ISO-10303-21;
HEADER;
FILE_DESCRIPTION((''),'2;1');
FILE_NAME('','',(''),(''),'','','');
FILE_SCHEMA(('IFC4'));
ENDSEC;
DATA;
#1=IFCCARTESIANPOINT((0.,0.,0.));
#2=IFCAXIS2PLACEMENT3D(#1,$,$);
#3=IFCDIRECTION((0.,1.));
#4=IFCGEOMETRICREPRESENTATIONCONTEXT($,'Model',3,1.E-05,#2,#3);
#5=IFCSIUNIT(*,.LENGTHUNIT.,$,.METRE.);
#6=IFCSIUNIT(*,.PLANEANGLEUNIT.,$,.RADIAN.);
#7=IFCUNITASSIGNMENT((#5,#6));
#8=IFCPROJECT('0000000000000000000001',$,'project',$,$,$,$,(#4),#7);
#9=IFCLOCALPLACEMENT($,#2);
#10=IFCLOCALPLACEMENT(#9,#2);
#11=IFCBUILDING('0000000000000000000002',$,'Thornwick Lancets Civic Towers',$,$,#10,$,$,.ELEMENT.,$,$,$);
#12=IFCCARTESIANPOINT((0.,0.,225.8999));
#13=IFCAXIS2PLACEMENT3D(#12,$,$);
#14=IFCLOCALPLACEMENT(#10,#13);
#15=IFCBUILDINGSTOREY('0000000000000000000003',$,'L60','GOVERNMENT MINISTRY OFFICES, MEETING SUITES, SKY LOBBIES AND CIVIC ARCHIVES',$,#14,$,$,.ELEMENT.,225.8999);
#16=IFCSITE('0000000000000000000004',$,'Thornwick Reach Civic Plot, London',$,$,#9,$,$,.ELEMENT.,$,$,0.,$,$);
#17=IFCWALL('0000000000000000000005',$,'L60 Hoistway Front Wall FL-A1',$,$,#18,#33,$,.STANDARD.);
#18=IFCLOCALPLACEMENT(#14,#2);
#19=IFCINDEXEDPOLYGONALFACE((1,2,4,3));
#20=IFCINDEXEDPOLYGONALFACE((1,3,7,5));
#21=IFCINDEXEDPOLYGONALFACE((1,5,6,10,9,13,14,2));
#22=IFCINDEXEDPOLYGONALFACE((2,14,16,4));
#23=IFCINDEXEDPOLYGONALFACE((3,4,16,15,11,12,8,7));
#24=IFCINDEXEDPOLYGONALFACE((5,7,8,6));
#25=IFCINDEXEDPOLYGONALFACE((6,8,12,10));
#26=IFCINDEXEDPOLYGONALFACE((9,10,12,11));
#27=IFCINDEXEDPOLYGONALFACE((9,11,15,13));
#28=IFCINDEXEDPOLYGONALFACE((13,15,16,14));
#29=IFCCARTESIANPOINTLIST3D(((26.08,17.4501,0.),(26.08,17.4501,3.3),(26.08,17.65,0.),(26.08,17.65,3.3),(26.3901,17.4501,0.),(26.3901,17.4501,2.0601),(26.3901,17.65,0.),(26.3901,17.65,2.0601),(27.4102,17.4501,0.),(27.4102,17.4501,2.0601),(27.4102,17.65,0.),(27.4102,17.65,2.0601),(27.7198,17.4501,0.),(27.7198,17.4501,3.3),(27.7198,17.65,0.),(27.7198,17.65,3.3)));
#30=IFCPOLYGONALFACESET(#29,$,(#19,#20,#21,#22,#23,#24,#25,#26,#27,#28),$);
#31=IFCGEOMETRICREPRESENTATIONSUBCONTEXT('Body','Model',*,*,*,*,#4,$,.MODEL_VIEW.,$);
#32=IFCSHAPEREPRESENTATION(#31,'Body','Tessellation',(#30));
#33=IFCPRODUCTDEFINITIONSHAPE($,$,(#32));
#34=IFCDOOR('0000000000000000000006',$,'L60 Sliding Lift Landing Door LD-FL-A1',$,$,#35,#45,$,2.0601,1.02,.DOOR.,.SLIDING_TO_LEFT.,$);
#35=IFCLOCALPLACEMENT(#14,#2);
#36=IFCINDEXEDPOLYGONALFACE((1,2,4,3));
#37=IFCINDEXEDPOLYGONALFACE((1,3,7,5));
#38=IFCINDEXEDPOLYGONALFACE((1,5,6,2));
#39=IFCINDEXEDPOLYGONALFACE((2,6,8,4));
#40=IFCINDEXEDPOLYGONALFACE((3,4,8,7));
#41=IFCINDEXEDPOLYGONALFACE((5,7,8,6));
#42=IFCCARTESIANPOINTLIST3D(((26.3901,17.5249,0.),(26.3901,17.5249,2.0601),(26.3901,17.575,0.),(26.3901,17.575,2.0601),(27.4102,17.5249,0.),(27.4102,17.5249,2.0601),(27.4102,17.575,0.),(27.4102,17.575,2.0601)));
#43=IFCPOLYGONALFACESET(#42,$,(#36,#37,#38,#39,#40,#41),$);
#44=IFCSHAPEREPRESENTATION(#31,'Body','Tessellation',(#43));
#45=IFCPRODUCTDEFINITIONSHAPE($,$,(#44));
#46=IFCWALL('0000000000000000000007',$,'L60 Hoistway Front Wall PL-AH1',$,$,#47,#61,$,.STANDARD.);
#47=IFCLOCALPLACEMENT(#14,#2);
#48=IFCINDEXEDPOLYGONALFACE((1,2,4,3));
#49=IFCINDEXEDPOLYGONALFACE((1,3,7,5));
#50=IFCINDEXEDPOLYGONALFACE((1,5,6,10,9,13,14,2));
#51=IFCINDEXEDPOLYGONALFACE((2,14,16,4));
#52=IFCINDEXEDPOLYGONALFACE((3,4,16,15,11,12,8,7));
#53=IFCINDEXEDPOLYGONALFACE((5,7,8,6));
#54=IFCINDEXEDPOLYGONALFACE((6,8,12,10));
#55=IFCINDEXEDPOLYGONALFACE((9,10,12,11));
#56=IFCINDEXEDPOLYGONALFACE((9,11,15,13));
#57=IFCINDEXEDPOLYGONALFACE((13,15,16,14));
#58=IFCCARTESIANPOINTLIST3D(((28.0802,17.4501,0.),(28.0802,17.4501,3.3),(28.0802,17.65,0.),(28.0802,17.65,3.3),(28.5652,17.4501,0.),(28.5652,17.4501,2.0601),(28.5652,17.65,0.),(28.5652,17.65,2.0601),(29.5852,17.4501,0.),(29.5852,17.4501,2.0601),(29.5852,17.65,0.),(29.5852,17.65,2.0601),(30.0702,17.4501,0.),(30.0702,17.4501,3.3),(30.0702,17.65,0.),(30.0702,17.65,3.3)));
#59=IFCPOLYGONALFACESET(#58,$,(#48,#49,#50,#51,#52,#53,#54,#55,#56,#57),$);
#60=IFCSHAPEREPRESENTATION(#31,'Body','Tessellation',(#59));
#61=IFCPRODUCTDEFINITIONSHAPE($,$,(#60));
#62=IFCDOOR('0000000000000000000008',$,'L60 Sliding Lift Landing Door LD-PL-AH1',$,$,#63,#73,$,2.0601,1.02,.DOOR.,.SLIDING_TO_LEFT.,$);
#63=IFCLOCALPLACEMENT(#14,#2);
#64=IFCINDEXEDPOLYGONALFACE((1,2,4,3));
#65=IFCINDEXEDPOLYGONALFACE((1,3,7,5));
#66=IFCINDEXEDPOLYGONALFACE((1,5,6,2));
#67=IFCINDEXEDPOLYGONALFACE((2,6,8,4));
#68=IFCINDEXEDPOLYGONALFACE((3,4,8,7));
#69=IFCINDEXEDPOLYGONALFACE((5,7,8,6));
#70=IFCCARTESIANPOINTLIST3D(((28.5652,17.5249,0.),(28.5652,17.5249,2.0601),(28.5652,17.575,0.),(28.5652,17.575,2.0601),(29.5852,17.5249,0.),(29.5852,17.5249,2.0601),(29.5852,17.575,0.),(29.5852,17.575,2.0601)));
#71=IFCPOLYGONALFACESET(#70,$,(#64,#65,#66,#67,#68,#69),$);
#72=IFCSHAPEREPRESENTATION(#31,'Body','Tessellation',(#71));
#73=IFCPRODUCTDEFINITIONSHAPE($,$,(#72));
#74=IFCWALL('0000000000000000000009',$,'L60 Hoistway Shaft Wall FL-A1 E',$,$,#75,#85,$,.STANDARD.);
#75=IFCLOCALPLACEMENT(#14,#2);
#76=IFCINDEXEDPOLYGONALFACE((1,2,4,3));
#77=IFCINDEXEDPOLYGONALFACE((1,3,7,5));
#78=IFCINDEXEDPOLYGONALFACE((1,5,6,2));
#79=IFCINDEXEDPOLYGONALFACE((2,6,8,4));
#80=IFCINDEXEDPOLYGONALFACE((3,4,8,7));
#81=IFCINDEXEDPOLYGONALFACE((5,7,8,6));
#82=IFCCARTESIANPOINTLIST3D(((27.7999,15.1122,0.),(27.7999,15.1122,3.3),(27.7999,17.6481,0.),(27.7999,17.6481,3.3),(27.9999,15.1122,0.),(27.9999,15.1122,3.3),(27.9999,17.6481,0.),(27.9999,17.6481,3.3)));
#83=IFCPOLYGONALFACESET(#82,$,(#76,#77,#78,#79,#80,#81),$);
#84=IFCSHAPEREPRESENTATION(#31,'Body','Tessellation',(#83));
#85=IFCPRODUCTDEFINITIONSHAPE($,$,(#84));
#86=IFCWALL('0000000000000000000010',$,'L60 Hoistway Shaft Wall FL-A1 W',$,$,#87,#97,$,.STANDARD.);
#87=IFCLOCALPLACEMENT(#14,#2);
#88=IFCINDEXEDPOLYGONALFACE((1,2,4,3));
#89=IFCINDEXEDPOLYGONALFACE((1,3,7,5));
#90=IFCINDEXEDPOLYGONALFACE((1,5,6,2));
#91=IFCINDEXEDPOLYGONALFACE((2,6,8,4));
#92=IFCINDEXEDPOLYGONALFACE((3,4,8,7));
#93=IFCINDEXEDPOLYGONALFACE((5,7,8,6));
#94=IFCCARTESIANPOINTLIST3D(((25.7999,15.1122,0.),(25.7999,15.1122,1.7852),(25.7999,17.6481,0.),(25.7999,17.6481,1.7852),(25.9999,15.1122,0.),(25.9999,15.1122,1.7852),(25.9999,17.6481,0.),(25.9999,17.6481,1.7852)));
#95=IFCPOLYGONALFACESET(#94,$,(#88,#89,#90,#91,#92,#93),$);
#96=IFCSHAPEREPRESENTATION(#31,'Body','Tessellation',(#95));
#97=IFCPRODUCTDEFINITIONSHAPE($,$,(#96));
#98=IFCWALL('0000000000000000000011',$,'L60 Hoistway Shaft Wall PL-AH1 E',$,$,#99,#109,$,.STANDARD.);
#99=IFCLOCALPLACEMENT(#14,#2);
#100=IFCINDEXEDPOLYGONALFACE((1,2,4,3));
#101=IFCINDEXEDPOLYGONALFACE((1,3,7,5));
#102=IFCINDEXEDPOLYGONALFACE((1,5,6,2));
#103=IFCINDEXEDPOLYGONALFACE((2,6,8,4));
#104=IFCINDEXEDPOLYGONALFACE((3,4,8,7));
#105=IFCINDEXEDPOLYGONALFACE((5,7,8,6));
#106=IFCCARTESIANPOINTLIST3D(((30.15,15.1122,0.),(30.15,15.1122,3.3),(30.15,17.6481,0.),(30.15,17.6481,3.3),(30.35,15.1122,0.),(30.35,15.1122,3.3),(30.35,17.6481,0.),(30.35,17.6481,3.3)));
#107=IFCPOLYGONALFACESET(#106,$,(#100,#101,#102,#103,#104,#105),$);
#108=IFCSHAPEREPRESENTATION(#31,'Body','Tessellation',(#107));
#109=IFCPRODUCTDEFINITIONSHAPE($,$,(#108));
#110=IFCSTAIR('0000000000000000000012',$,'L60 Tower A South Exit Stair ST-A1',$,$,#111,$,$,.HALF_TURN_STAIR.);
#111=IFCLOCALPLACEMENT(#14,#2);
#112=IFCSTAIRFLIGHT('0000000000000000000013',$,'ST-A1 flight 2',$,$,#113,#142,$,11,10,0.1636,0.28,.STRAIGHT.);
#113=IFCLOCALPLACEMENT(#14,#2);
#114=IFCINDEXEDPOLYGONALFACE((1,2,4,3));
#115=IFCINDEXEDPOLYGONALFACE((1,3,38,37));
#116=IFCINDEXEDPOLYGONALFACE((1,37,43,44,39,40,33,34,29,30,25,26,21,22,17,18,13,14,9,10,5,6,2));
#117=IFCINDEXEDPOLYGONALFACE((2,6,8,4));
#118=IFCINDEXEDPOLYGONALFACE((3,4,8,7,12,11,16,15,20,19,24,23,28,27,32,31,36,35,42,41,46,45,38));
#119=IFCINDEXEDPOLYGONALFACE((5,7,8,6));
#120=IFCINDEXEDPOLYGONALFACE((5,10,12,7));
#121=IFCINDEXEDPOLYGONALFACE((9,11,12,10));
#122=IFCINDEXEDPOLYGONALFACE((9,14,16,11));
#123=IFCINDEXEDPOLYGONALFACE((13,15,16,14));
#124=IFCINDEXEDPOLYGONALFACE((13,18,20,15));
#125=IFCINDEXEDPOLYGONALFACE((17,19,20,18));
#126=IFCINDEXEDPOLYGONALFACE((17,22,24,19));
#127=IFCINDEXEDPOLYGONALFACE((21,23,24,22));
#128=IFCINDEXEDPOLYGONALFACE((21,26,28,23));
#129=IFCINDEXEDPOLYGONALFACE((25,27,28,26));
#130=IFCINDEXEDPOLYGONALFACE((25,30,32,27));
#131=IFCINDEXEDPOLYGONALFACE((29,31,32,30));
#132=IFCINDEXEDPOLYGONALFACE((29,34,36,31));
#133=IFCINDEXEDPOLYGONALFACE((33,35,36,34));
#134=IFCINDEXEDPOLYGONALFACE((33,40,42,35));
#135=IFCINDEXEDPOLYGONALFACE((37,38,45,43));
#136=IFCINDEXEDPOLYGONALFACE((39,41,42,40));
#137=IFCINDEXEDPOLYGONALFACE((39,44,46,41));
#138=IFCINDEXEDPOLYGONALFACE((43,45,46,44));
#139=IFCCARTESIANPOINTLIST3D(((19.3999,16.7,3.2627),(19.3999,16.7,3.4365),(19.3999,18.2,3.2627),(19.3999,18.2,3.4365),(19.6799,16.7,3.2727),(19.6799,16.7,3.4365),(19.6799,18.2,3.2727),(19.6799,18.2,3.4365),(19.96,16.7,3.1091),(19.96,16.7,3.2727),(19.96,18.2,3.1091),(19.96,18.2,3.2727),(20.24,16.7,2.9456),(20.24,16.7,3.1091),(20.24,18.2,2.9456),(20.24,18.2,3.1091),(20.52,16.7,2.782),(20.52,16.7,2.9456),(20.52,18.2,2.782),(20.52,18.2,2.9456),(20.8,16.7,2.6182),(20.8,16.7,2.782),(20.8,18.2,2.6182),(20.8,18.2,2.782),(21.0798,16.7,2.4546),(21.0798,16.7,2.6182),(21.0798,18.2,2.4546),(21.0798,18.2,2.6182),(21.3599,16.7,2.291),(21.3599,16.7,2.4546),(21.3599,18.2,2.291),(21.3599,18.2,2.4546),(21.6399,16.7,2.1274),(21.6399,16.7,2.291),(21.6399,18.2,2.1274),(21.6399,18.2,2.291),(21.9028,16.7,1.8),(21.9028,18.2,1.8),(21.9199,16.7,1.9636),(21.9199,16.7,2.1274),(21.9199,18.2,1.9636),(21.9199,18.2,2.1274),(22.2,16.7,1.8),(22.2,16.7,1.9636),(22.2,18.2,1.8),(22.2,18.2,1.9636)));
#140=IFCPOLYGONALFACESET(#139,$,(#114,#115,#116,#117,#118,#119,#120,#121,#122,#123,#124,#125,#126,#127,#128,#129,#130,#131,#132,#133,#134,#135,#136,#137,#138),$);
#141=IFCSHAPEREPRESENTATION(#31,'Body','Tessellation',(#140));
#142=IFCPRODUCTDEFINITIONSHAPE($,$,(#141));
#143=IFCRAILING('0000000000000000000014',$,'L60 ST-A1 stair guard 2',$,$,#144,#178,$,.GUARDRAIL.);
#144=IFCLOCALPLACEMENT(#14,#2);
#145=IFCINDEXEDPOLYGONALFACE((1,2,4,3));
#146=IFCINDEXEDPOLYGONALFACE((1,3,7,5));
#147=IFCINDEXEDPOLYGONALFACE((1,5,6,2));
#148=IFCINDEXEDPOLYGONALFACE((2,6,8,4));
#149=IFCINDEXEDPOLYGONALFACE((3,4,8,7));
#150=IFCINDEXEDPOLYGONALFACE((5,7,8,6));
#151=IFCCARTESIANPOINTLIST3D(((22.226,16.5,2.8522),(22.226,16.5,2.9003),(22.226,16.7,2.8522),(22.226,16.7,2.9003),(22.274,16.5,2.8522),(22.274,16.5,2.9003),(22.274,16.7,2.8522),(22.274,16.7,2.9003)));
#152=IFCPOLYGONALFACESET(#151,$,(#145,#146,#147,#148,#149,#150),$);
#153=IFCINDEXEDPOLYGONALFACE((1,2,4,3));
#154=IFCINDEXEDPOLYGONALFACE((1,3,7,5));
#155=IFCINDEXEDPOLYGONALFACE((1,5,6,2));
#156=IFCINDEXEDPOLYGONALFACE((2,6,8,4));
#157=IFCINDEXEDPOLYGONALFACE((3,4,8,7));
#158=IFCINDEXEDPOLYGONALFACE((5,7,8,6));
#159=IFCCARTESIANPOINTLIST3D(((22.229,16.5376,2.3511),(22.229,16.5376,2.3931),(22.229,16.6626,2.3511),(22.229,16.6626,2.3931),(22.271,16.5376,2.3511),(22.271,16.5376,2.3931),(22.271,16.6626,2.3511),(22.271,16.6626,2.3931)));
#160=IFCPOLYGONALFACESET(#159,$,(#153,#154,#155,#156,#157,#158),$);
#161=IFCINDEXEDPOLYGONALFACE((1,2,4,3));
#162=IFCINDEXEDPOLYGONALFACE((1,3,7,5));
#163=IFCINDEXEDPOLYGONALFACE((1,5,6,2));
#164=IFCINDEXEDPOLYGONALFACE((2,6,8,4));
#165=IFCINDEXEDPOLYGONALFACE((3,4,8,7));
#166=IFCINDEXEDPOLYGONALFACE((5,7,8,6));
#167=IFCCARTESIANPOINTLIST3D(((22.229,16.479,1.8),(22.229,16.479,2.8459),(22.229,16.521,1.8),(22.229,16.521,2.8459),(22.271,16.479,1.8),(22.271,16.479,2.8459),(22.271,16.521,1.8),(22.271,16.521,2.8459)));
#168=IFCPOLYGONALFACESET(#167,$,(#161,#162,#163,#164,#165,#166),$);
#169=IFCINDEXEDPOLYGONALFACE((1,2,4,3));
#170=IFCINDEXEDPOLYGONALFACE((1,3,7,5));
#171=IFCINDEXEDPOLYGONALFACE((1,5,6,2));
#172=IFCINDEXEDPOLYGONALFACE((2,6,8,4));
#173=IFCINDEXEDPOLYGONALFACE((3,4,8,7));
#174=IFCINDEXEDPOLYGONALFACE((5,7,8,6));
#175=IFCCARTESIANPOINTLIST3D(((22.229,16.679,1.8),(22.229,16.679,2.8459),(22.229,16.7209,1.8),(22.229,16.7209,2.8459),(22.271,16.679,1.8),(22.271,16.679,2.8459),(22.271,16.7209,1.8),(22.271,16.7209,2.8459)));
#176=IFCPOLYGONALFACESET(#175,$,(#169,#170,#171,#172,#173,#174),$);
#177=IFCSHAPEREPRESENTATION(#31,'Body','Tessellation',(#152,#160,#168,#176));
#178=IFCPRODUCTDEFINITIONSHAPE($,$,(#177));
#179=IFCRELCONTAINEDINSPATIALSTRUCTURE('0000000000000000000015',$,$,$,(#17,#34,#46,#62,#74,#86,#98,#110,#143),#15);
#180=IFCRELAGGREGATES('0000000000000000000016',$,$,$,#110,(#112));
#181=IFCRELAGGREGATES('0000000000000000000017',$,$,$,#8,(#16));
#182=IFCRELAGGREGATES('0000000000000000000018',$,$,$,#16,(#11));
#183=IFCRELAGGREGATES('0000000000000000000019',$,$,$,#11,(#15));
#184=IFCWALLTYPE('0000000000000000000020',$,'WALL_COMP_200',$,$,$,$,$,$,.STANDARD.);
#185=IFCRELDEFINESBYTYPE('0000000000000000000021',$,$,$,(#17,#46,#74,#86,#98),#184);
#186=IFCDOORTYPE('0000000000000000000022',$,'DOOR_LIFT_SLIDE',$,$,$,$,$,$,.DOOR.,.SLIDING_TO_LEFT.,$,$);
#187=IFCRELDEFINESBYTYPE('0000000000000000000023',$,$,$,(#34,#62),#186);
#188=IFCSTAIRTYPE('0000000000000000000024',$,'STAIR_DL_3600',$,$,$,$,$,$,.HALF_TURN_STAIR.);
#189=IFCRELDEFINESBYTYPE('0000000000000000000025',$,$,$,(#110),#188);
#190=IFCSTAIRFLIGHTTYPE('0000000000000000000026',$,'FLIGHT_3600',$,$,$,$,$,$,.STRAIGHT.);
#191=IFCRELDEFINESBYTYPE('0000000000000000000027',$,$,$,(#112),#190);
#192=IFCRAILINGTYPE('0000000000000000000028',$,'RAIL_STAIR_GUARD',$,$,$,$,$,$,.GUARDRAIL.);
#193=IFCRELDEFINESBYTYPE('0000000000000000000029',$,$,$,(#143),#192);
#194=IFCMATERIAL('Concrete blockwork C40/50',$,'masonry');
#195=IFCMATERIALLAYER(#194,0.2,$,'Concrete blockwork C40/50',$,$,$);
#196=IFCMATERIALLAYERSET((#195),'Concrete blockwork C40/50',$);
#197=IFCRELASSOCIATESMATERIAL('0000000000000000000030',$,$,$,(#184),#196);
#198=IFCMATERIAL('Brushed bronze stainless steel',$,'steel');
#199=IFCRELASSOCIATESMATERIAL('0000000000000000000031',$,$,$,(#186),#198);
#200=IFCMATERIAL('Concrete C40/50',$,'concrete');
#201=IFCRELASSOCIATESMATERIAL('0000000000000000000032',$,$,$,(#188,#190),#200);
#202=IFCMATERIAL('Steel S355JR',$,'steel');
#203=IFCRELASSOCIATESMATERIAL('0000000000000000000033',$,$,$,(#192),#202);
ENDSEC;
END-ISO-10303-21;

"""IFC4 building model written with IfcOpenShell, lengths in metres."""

from ifc_helpers import new_model, si_unit, direction, frame, frame_2d, origin, origin_2d, place, context, subcontext, project, spatial, polyline, rectangle, outline, extrude, material, layer, layer_set, type_object, element, fill, aggregate, save


model = new_model("IFC4")

# Units and contexts
model_context = context("Model", 3, precision=1e-05, world=origin(), true_north=direction((0.0, 1.0)))
body_context = subcontext(model_context, "Body", "Model", "MODEL_VIEW")
ifc_project = project(units=[si_unit("LENGTHUNIT", "METRE"), si_unit("PLANEANGLEUNIT", "RADIAN")], contexts=[model_context])

# Site, building, storey
site_placement = place(None, origin())
site = spatial("IfcSite", under=ifc_project, at=site_placement, Name="Thornwick Reach Civic Plot, London", CompositionType="ELEMENT", RefElevation=0.0)
building_placement = place(site_placement, origin())
building = spatial("IfcBuilding", under=site, at=building_placement, Name="Thornwick Lancets Civic Towers", CompositionType="ELEMENT")
storey_placement = place(building_placement, frame((0.0, 0.0, 225.8999)))
storey = spatial("IfcBuildingStorey", under=building, at=storey_placement, Name="L60", Description="GOVERNMENT MINISTRY OFFICES, MEETING SUITES, SKY LOBBIES AND CIVIC ARCHIVES", CompositionType="ELEMENT", Elevation=225.8999)

# Shared definitions
ifc_material_1 = material(Name="Steel S355JR", Category="steel")
ifc_material_2 = material(Name="Concrete C40/50", Category="concrete")

# Walls, openings, doors
ifc_material_3 = material(Name="Concrete blockwork C40/50", Category="masonry")
ifc_layer_1 = layer(ifc_material_3, 0.2, Name="Concrete blockwork C40/50")
ifc_layer_set_1 = layer_set([ifc_layer_1], Name="Concrete blockwork C40/50")
wall_type = type_object("IfcWallType", Name="WALL_COMP_200", PredefinedType="STANDARD", material=ifc_layer_set_1)
wall_1_placement = place(storey_placement, frame((26.0801, 17.55, 0.0), z_axis=(0.0, 0.0, 1.0), x_axis=(1.0, 0.0, 0.0)))
wall_1 = element("IfcWall", 1, at=wall_1_placement, inside=storey, type_object=wall_type, Name="L60 Hoistway Front Wall FL-A1", PredefinedType="STANDARD", context=body_context, shape_type="SweptSolid", body=[
    extrude(rectangle(XDim=1.6399, YDim=0.2, at=frame_2d((0.8198, 0.0))), origin(), (0.0, 0.0, 1.0), 3.3),
])
opening_1_placement = place(wall_1_placement, frame((0.3101, 0.0, 0.0)))
opening_1 = element("IfcOpeningElement", 2, at=opening_1_placement, cuts=wall_1, PredefinedType="OPENING", context=body_context, shape_type="SweptSolid", body=[
    extrude(rectangle(XDim=1.02, YDim=2.0601, at=frame_2d((0.51, 1.03))), frame((0.0, 0.1099, 0.0), z_axis=(0.0, -1.0, 0.0), x_axis=(1.0, 0.0, 0.0)), (0.0, 0.0, 1.0), 0.22),
])
ifc_material_4 = material(Name="Brushed bronze stainless steel", Category="steel")
door_type = type_object("IfcDoorType", Name="DOOR_LIFT_SLIDE", OperationType="SLIDING_TO_LEFT", PredefinedType="DOOR", material=ifc_material_4)
door_1_placement = place(opening_1_placement, origin())
door_1 = element("IfcDoor", 3, at=door_1_placement, inside=storey, type_object=door_type, Name="L60 Sliding Lift Landing Door LD-FL-A1", OperationType="SLIDING_TO_LEFT", OverallHeight=2.0601, OverallWidth=1.02, PredefinedType="DOOR", context=body_context, shape_type="SweptSolid", body=[
    extrude(rectangle(XDim=1.02, YDim=2.0601, at=frame_2d((0.51, 1.03))), frame((0.0, 0.0249, 0.0), z_axis=(0.0, -1.0, 0.0), x_axis=(1.0, 0.0, 0.0)), (0.0, 0.0, 1.0), 0.05),
])
fill(opening_1, door_1)
wall_2_placement = place(storey_placement, frame((28.0801, 17.55, 0.0), z_axis=(0.0, 0.0, 1.0), x_axis=(1.0, 0.0, 0.0)))
wall_2 = element("IfcWall", 4, at=wall_2_placement, inside=storey, type_object=wall_type, Name="L60 Hoistway Front Wall PL-AH1", PredefinedType="STANDARD", context=body_context, shape_type="SweptSolid", body=[
    extrude(rectangle(XDim=1.99, YDim=0.2, at=frame_2d((0.9951, 0.0))), origin(), (0.0, 0.0, 1.0), 3.3),
])
opening_2_placement = place(wall_2_placement, frame((0.4851, 0.0, 0.0)))
opening_2 = element("IfcOpeningElement", 5, at=opening_2_placement, cuts=wall_2, PredefinedType="OPENING", context=body_context, shape_type="SweptSolid", body=[
    extrude(rectangle(XDim=1.02, YDim=2.0601, at=frame_2d((0.51, 1.03))), frame((0.0, 0.1099, 0.0), z_axis=(0.0, -1.0, 0.0), x_axis=(1.0, 0.0, 0.0)), (0.0, 0.0, 1.0), 0.22),
])
door_2_placement = place(opening_2_placement, origin())
door_2 = element("IfcDoor", 6, at=door_2_placement, inside=storey, type_object=door_type, Name="L60 Sliding Lift Landing Door LD-PL-AH1", OperationType="SLIDING_TO_LEFT", OverallHeight=2.0601, OverallWidth=1.02, PredefinedType="DOOR", context=body_context, shape_type="SweptSolid", body=[
    extrude(rectangle(XDim=1.02, YDim=2.0601, at=frame_2d((0.51, 1.03))), frame((0.0, 0.0249, 0.0), z_axis=(0.0, -1.0, 0.0), x_axis=(1.0, 0.0, 0.0)), (0.0, 0.0, 1.0), 0.05),
])
fill(opening_2, door_2)

# Walls
wall_3_placement = place(storey_placement, frame((27.8999, 15.1121, 0.0), z_axis=(0.0, 0.0, 1.0), x_axis=(0.0, 1.0, 0.0)))
element("IfcWall", 7, at=wall_3_placement, inside=storey, type_object=wall_type, Name="L60 Hoistway Shaft Wall FL-A1 E", PredefinedType="STANDARD", context=body_context, shape_type="SweptSolid", body=[
    extrude(rectangle(XDim=2.5359, YDim=0.2, at=frame_2d((1.2681, 0.0))), origin(), (0.0, 0.0, 1.0), 3.3),
])
wall_4_placement = place(storey_placement, frame((25.8999, 15.1121, 0.0), z_axis=(0.0, 0.0, 1.0), x_axis=(0.0, 1.0, 0.0)))
element("IfcWall", 8, at=wall_4_placement, inside=storey, type_object=wall_type, Name="L60 Hoistway Shaft Wall FL-A1 W", PredefinedType="STANDARD", context=body_context, shape_type="SweptSolid", body=[
    extrude(rectangle(XDim=2.5359, YDim=0.2, at=frame_2d((1.2681, 0.0))), origin(), (0.0, 0.0, 1.0), 1.7852),
])
wall_5_placement = place(storey_placement, frame((30.25, 15.1121, 0.0), z_axis=(0.0, 0.0, 1.0), x_axis=(0.0, 1.0, 0.0)))
element("IfcWall", 9, at=wall_5_placement, inside=storey, type_object=wall_type, Name="L60 Hoistway Shaft Wall PL-AH1 E", PredefinedType="STANDARD", context=body_context, shape_type="SweptSolid", body=[
    extrude(rectangle(XDim=2.5359, YDim=0.2, at=frame_2d((1.2681, 0.0))), origin(), (0.0, 0.0, 1.0), 3.3),
])

# Stair, stair flight
stair_type = type_object("IfcStairType", Name="STAIR_DL_3600", PredefinedType="HALF_TURN_STAIR", material=ifc_material_2)
stair_placement = place(storey_placement, origin())
stair = element("IfcStair", 10, at=stair_placement, inside=storey, type_object=stair_type, Name="L60 Tower A South Exit Stair ST-A1", PredefinedType="HALF_TURN_STAIR")
stair_flight_type = type_object("IfcStairFlightType", Name="FLIGHT_3600", PredefinedType="STRAIGHT", material=ifc_material_2)
stair_flight_placement = place(storey_placement, frame((22.2, 17.45, 1.8), z_axis=(0.0, 0.0, 1.0), x_axis=(-1.0, 0.0, 0.0)))
stair_flight = element("IfcStairFlight", 11, at=stair_flight_placement, type_object=stair_flight_type, Name="ST-A1 flight 2", NumberOfRisers=11, NumberOfTreads=10, PredefinedType="STRAIGHT", RiserHeight=0.1636, TreadLength=0.28, context=body_context, shape_type="SweptSolid", body=[
    extrude(outline(polyline([(0.0, 0.0), (0.0, 0.1636), (0.28, 0.1636), (0.28, 0.3274), (0.5601, 0.3274), (0.5601, 0.491), (0.8401, 0.491), (0.8401, 0.6545), (1.1201, 0.6545), (1.1201, 0.8181), (1.3999, 0.8181), (1.3999, 0.9819), (1.6799, 0.9819), (1.6799, 1.1455), (1.96, 1.1455), (1.96, 1.3091), (2.24, 1.3091), (2.24, 1.4727), (2.52, 1.4727), (2.52, 1.6365), (2.8, 1.6365), (2.8, 1.8), (2.8, 1.4626), (0.2971, 0.0), (0.0, 0.0)])), frame((0.0, 0.75, 0.0), z_axis=(0.0, -1.0, 0.0), x_axis=(1.0, 0.0, 0.0)), (0.0, 0.0, 1.0), 1.5),
])
aggregate(stair, [stair_flight])

# Railing
railing_type = type_object("IfcRailingType", Name="RAIL_STAIR_GUARD", PredefinedType="GUARDRAIL", material=ifc_material_1)
railing_1_placement = place(storey_placement, frame((22.25, 16.5, 1.8)))
element("IfcRailing", 12, at=railing_1_placement, inside=storey, type_object=railing_type, Name="L60 ST-A1 stair guard 2", PredefinedType="GUARDRAIL", context=body_context, shape_type="SweptSolid", body=[
    extrude(rectangle(XDim=0.0481, YDim=0.0481, at=origin_2d()), frame((0.0, 0.0, 1.0762), z_axis=(0.0, 1.0, 0.0), x_axis=(-1.0, 0.0, 0.0)), (0.0, 0.0, 1.0), 0.2),
    extrude(rectangle(XDim=0.042, YDim=0.042, at=origin_2d()), frame((0.0, 0.0376, 0.572), z_axis=(0.0, 1.0, 0.0), x_axis=(-1.0, 0.0, 0.0)), (0.0, 0.0, 1.0), 0.125),
    extrude(rectangle(XDim=0.042, YDim=0.042, at=origin_2d()), origin(), (0.0, 0.0, 1.0), 1.0459),
    extrude(rectangle(XDim=0.042, YDim=0.042, at=origin_2d()), frame((0.0, 0.2, 0.0)), (0.0, 0.0, 1.0), 1.0459),
])

save(model, "model.ifc")
